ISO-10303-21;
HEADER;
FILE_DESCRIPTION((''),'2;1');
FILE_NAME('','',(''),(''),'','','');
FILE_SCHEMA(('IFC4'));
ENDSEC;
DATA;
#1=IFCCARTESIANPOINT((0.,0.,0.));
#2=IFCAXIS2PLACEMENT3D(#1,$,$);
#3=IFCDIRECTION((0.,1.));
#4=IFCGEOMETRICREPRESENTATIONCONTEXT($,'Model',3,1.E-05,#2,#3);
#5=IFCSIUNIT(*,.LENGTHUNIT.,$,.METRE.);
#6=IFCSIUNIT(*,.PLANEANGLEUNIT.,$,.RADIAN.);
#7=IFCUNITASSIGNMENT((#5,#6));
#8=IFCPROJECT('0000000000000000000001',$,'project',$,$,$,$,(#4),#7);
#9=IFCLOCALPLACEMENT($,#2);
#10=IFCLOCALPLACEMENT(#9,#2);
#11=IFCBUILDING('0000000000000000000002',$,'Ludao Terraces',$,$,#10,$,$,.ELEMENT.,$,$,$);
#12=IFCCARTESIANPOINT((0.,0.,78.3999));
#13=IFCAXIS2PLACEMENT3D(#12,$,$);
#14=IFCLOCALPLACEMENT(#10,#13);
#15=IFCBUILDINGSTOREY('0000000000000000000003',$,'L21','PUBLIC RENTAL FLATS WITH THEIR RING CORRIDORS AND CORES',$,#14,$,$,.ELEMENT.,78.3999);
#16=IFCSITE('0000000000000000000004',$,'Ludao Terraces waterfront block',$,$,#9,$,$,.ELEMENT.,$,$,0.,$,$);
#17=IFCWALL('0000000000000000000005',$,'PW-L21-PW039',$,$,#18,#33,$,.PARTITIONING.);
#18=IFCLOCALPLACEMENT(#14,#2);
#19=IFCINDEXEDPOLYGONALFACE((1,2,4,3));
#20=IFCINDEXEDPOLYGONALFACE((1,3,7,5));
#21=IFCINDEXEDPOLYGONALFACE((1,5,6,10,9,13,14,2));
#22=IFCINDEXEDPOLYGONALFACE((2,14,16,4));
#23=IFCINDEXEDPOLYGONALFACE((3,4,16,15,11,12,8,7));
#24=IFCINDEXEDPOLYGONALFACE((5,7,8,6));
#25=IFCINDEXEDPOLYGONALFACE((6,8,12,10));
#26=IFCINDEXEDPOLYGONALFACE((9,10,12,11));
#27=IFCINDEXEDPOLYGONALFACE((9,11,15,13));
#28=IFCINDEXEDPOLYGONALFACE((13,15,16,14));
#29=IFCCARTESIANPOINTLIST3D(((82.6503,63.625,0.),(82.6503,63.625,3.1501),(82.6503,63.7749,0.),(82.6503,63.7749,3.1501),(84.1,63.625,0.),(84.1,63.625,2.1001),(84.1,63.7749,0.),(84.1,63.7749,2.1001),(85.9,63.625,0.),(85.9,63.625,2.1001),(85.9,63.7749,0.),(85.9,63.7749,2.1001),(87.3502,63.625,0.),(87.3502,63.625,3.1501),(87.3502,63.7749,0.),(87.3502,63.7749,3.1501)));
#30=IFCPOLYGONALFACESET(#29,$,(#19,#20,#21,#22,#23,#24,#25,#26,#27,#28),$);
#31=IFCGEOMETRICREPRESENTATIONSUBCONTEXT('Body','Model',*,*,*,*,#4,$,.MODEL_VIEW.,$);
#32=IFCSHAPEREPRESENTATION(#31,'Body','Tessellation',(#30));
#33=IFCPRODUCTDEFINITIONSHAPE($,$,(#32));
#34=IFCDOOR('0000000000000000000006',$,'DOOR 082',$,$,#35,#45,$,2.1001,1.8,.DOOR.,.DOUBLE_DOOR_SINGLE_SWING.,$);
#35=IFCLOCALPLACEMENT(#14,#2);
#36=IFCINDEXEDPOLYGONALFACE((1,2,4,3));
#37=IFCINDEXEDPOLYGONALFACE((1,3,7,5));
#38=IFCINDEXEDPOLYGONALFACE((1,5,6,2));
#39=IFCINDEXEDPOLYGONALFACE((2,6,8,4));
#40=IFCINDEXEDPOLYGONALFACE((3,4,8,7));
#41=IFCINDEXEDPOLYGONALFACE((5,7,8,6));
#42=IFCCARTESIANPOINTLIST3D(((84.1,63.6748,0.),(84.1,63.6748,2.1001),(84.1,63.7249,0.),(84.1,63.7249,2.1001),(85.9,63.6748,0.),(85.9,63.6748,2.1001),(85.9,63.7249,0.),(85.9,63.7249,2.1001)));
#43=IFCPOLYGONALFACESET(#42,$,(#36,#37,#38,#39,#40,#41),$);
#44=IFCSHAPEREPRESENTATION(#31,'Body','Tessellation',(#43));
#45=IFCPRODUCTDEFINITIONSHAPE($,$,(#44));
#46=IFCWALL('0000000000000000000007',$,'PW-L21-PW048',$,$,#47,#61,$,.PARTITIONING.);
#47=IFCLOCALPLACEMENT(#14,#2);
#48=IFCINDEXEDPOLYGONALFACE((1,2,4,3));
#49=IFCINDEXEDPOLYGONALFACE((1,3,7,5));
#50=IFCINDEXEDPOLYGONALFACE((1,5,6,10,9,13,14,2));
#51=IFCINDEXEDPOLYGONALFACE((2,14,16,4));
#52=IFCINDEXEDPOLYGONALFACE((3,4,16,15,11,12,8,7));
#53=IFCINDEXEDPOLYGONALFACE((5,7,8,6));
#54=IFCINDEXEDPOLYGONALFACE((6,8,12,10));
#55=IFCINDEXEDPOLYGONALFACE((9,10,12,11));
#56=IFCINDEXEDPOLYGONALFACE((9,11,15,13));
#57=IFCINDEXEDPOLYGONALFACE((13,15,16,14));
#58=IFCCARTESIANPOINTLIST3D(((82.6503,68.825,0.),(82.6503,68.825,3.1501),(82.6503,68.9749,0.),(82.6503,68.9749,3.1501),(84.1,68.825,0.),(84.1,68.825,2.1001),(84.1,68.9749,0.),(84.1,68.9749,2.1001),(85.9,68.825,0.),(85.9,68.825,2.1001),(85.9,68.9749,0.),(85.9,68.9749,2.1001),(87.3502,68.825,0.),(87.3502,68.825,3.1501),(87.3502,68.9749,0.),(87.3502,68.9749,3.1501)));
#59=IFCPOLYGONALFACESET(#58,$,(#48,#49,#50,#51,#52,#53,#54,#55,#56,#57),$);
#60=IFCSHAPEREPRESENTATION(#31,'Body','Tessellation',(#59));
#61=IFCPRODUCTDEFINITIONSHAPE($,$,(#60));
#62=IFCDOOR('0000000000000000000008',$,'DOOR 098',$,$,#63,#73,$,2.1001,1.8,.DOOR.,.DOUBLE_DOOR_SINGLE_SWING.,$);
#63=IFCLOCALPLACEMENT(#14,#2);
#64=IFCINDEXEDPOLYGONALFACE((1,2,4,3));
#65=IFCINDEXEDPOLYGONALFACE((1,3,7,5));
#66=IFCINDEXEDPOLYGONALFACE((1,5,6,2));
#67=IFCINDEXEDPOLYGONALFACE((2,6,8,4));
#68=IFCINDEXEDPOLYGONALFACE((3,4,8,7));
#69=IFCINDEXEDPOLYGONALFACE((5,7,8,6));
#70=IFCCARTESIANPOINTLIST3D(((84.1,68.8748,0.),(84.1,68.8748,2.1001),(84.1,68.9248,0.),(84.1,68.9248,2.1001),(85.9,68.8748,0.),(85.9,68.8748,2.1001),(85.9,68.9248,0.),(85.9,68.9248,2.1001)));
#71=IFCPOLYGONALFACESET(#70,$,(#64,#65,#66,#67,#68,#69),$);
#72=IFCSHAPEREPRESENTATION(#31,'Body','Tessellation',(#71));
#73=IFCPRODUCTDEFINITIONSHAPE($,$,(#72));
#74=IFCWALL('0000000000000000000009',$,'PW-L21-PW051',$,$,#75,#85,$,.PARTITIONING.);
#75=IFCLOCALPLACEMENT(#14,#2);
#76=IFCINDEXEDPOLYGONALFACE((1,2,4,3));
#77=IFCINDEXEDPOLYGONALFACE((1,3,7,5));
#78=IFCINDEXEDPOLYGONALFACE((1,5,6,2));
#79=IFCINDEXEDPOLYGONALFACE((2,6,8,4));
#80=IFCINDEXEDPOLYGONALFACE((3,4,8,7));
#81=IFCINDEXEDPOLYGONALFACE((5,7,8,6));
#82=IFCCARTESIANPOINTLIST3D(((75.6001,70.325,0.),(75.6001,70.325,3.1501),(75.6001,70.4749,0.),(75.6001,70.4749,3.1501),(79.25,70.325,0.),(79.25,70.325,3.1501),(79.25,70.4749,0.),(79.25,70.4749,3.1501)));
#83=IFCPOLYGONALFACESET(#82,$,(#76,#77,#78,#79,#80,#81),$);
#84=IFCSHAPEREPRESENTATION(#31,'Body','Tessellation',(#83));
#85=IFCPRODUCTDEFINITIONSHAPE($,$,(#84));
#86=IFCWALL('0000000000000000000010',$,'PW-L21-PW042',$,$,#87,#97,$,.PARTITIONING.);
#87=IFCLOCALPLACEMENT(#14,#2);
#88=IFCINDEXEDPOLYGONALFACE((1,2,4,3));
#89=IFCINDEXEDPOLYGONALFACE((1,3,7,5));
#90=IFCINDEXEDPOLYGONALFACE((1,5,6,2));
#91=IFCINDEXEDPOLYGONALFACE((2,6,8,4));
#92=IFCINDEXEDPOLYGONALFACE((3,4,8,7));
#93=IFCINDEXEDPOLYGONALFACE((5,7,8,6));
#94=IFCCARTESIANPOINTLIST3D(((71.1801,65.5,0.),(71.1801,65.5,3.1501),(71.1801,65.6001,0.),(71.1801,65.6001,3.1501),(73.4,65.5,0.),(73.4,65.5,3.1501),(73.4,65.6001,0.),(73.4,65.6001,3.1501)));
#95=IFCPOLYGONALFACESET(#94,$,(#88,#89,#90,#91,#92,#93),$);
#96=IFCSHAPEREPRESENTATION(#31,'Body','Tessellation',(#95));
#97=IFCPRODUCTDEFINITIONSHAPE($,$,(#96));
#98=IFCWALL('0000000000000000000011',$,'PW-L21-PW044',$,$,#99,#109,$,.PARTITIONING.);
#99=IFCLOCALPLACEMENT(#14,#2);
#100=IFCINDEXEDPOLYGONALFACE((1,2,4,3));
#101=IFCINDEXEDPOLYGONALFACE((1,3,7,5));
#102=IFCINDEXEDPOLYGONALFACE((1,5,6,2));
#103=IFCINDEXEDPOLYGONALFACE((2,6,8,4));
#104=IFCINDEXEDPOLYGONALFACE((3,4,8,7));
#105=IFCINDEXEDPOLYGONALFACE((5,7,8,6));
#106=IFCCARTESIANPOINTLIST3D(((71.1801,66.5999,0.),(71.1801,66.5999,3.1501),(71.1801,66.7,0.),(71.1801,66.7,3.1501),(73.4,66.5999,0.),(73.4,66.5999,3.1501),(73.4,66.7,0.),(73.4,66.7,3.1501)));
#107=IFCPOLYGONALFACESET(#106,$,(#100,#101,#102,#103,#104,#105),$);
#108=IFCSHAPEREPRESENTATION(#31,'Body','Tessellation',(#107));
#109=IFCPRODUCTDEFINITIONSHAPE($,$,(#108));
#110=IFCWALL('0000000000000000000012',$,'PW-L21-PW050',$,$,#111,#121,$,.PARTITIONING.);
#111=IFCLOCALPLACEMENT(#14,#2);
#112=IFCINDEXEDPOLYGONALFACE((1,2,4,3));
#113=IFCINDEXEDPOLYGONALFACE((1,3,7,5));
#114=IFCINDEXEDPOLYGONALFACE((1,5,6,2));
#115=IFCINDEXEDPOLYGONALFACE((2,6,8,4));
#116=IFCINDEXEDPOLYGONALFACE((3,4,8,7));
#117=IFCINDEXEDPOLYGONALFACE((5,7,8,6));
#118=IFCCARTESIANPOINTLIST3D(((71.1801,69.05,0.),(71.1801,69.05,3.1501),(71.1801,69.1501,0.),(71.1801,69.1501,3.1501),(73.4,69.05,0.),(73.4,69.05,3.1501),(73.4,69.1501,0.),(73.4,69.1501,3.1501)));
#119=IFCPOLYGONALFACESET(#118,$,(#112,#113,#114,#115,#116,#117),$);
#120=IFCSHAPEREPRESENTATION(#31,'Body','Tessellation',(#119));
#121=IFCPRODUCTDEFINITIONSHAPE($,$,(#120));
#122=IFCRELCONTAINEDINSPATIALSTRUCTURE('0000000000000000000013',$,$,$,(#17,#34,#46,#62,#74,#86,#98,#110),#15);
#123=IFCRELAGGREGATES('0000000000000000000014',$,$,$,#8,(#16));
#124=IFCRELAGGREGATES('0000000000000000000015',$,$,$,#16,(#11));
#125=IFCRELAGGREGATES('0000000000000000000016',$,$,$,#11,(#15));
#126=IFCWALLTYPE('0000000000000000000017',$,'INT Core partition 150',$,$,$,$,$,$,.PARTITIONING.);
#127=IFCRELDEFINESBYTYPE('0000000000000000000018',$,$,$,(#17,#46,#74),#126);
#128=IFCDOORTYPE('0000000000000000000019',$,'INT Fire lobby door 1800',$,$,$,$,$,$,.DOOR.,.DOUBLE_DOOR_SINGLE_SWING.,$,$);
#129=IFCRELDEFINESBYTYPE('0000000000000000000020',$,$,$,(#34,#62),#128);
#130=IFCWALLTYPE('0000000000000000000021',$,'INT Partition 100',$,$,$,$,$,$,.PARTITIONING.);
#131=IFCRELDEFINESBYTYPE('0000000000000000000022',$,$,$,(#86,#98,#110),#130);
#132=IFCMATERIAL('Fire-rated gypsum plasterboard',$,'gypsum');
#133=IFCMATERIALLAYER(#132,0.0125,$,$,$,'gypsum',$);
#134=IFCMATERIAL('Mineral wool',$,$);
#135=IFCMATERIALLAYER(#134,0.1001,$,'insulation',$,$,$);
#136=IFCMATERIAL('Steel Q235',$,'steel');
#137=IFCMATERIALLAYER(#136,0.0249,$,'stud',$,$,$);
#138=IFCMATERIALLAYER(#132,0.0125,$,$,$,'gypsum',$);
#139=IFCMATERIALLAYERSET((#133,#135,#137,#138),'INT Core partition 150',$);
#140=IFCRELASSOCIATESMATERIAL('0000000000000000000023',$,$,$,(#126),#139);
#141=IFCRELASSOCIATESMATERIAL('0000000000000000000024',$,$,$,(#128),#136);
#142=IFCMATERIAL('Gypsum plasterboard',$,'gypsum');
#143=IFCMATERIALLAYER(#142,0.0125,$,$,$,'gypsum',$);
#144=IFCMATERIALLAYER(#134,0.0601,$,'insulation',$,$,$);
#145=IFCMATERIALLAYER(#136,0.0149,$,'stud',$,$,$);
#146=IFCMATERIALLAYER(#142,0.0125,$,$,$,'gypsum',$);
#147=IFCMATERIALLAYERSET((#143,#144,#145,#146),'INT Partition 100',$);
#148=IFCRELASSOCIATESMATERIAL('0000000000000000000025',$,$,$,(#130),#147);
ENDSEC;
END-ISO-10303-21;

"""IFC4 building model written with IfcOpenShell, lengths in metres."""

from ifc_helpers import new_model, si_unit, direction, frame, frame_2d, origin, place, context, subcontext, project, spatial, rectangle, extrude, material, layer, layer_set, type_object, element, fill, save


model = new_model("IFC4")

# Units and contexts
model_context = context("Model", 3, precision=1e-05, world=origin(), true_north=direction((0.0, 1.0)))
body_context = subcontext(model_context, "Body", "Model", "MODEL_VIEW")
ifc_project = project(units=[si_unit("LENGTHUNIT", "METRE"), si_unit("PLANEANGLEUNIT", "RADIAN")], contexts=[model_context])

# Site, building, storey
site_placement = place(None, origin())
site = spatial("IfcSite", under=ifc_project, at=site_placement, Name="Ludao Terraces waterfront block", CompositionType="ELEMENT", RefElevation=0.0)
building_placement = place(site_placement, origin())
building = spatial("IfcBuilding", under=site, at=building_placement, Name="Ludao Terraces", CompositionType="ELEMENT")
storey_placement = place(building_placement, frame((0.0, 0.0, 78.3999)))
storey = spatial("IfcBuildingStorey", under=building, at=storey_placement, Name="L21", Description="PUBLIC RENTAL FLATS WITH THEIR RING CORRIDORS AND CORES", CompositionType="ELEMENT", Elevation=78.3999)

# Walls, openings, doors
ifc_material_1 = material(Name="Fire-rated gypsum plasterboard", Category="gypsum")
ifc_layer_1 = layer(ifc_material_1, 0.0125, Category="gypsum")
ifc_material_2 = material(Name="Mineral wool")
ifc_layer_2 = layer(ifc_material_2, 0.1001, Name="insulation")
ifc_material_3 = material(Name="Steel Q235", Category="steel")
ifc_layer_3 = layer(ifc_material_3, 0.0249, Name="stud")
ifc_layer_4 = layer(ifc_material_1, 0.0125, Category="gypsum")
ifc_layer_set_1 = layer_set([ifc_layer_1, ifc_layer_2, ifc_layer_3, ifc_layer_4], Name="INT Core partition 150")
wall_type_1 = type_object("IfcWallType", Name="INT Core partition 150", PredefinedType="PARTITIONING", material=ifc_layer_set_1)
wall_1_placement = place(storey_placement, frame((82.6501, 63.7, 0.0), z_axis=(0.0, 0.0, 1.0), x_axis=(1.0, 0.0, 0.0)))
wall_1 = element("IfcWall", 1, at=wall_1_placement, inside=storey, type_object=wall_type_1, Name="PW-L21-PW039", PredefinedType="PARTITIONING", context=body_context, shape_type="SweptSolid", body=[
    extrude(rectangle(XDim=4.7, YDim=0.1499, at=frame_2d((2.3501, 0.0))), origin(), (0.0, 0.0, 1.0), 3.1501),
])
opening_1_placement = place(wall_1_placement, frame((1.45, 0.0, 0.0)))
opening_1 = element("IfcOpeningElement", 2, at=opening_1_placement, cuts=wall_1, PredefinedType="OPENING", context=body_context, shape_type="SweptSolid", body=[
    extrude(rectangle(XDim=1.8, YDim=2.1001, at=frame_2d((0.8999, 1.05))), frame((0.0, 0.085, 0.0), z_axis=(0.0, -1.0, 0.0), x_axis=(1.0, 0.0, 0.0)), (0.0, 0.0, 1.0), 0.1699),
])
door_type_1 = type_object("IfcDoorType", Name="INT Fire lobby door 1800", OperationType="DOUBLE_DOOR_SINGLE_SWING", PredefinedType="DOOR", material=ifc_material_3)
door_1_placement = place(opening_1_placement, origin())
door_1 = element("IfcDoor", 3, at=door_1_placement, inside=storey, type_object=door_type_1, Name="DOOR 082", OperationType="DOUBLE_DOOR_SINGLE_SWING", OverallHeight=2.1001, OverallWidth=1.8, PredefinedType="DOOR", context=body_context, shape_type="SweptSolid", body=[
    extrude(rectangle(XDim=1.8, YDim=2.1001, at=frame_2d((0.8999, 1.05))), frame((0.0, 0.0249, 0.0), z_axis=(0.0, -1.0, 0.0), x_axis=(1.0, 0.0, 0.0)), (0.0, 0.0, 1.0), 0.05),
])
fill(opening_1, door_1)
wall_2_placement = place(storey_placement, frame((82.6501, 68.8999, 0.0), z_axis=(0.0, 0.0, 1.0), x_axis=(1.0, 0.0, 0.0)))
wall_2 = element("IfcWall", 4, at=wall_2_placement, inside=storey, type_object=wall_type_1, Name="PW-L21-PW048", PredefinedType="PARTITIONING", context=body_context, shape_type="SweptSolid", body=[
    extrude(rectangle(XDim=4.7, YDim=0.1499, at=frame_2d((2.3501, 0.0))), origin(), (0.0, 0.0, 1.0), 3.1501),
])
opening_2_placement = place(wall_2_placement, frame((1.45, 0.0, 0.0)))
opening_2 = element("IfcOpeningElement", 5, at=opening_2_placement, cuts=wall_2, PredefinedType="OPENING", context=body_context, shape_type="SweptSolid", body=[
    extrude(rectangle(XDim=1.8, YDim=2.1001, at=frame_2d((0.8999, 1.05))), frame((0.0, 0.085, 0.0), z_axis=(0.0, -1.0, 0.0), x_axis=(1.0, 0.0, 0.0)), (0.0, 0.0, 1.0), 0.1699),
])
door_2_placement = place(opening_2_placement, origin())
door_2 = element("IfcDoor", 6, at=door_2_placement, inside=storey, type_object=door_type_1, Name="DOOR 098", OperationType="DOUBLE_DOOR_SINGLE_SWING", OverallHeight=2.1001, OverallWidth=1.8, PredefinedType="DOOR", context=body_context, shape_type="SweptSolid", body=[
    extrude(rectangle(XDim=1.8, YDim=2.1001, at=frame_2d((0.8999, 1.05))), frame((0.0, 0.0249, 0.0), z_axis=(0.0, -1.0, 0.0), x_axis=(1.0, 0.0, 0.0)), (0.0, 0.0, 1.0), 0.05),
])
fill(opening_2, door_2)

# Walls
wall_3_placement = place(storey_placement, frame((75.6001, 70.3999, 0.0), z_axis=(0.0, 0.0, 1.0), x_axis=(1.0, 0.0, 0.0)))
element("IfcWall", 7, at=wall_3_placement, inside=storey, type_object=wall_type_1, Name="PW-L21-PW051", PredefinedType="PARTITIONING", context=body_context, shape_type="SweptSolid", body=[
    extrude(rectangle(XDim=3.6499, YDim=0.1499, at=frame_2d((1.825, 0.0))), origin(), (0.0, 0.0, 1.0), 3.1501),
])
ifc_material_4 = material(Name="Gypsum plasterboard", Category="gypsum")
ifc_layer_5 = layer(ifc_material_4, 0.0125, Category="gypsum")
ifc_layer_6 = layer(ifc_material_2, 0.0601, Name="insulation")
ifc_layer_7 = layer(ifc_material_3, 0.0149, Name="stud")
ifc_layer_8 = layer(ifc_material_4, 0.0125, Category="gypsum")
ifc_layer_set_2 = layer_set([ifc_layer_5, ifc_layer_6, ifc_layer_7, ifc_layer_8], Name="INT Partition 100")
wall_type_2 = type_object("IfcWallType", Name="INT Partition 100", PredefinedType="PARTITIONING", material=ifc_layer_set_2)
for number, where, z_axis, x_axis, name in (
    (8, (71.1802, 65.55, 0.0), (0.0, 0.0, 1.0), (1.0, 0.0, 0.0), "PW-L21-PW042"),
    (9, (71.1802, 66.6499, 0.0), (0.0, 0.0, 1.0), (1.0, 0.0, 0.0), "PW-L21-PW044"),
    (10, (71.1802, 69.1001, 0.0), (0.0, 0.0, 1.0), (1.0, 0.0, 0.0), "PW-L21-PW050"),
):
    element("IfcWall", number, at=place(storey_placement, frame(where, z_axis=z_axis, x_axis=x_axis)), inside=storey, type_object=wall_type_2, Name=name, PredefinedType="PARTITIONING", context=body_context, shape_type="SweptSolid", body=[
        extrude(rectangle(XDim=2.22, YDim=0.1001, at=frame_2d((1.1099, 0.0))), origin(), (0.0, 0.0, 1.0), 3.1501),
    ])

save(model, "model.ifc")
